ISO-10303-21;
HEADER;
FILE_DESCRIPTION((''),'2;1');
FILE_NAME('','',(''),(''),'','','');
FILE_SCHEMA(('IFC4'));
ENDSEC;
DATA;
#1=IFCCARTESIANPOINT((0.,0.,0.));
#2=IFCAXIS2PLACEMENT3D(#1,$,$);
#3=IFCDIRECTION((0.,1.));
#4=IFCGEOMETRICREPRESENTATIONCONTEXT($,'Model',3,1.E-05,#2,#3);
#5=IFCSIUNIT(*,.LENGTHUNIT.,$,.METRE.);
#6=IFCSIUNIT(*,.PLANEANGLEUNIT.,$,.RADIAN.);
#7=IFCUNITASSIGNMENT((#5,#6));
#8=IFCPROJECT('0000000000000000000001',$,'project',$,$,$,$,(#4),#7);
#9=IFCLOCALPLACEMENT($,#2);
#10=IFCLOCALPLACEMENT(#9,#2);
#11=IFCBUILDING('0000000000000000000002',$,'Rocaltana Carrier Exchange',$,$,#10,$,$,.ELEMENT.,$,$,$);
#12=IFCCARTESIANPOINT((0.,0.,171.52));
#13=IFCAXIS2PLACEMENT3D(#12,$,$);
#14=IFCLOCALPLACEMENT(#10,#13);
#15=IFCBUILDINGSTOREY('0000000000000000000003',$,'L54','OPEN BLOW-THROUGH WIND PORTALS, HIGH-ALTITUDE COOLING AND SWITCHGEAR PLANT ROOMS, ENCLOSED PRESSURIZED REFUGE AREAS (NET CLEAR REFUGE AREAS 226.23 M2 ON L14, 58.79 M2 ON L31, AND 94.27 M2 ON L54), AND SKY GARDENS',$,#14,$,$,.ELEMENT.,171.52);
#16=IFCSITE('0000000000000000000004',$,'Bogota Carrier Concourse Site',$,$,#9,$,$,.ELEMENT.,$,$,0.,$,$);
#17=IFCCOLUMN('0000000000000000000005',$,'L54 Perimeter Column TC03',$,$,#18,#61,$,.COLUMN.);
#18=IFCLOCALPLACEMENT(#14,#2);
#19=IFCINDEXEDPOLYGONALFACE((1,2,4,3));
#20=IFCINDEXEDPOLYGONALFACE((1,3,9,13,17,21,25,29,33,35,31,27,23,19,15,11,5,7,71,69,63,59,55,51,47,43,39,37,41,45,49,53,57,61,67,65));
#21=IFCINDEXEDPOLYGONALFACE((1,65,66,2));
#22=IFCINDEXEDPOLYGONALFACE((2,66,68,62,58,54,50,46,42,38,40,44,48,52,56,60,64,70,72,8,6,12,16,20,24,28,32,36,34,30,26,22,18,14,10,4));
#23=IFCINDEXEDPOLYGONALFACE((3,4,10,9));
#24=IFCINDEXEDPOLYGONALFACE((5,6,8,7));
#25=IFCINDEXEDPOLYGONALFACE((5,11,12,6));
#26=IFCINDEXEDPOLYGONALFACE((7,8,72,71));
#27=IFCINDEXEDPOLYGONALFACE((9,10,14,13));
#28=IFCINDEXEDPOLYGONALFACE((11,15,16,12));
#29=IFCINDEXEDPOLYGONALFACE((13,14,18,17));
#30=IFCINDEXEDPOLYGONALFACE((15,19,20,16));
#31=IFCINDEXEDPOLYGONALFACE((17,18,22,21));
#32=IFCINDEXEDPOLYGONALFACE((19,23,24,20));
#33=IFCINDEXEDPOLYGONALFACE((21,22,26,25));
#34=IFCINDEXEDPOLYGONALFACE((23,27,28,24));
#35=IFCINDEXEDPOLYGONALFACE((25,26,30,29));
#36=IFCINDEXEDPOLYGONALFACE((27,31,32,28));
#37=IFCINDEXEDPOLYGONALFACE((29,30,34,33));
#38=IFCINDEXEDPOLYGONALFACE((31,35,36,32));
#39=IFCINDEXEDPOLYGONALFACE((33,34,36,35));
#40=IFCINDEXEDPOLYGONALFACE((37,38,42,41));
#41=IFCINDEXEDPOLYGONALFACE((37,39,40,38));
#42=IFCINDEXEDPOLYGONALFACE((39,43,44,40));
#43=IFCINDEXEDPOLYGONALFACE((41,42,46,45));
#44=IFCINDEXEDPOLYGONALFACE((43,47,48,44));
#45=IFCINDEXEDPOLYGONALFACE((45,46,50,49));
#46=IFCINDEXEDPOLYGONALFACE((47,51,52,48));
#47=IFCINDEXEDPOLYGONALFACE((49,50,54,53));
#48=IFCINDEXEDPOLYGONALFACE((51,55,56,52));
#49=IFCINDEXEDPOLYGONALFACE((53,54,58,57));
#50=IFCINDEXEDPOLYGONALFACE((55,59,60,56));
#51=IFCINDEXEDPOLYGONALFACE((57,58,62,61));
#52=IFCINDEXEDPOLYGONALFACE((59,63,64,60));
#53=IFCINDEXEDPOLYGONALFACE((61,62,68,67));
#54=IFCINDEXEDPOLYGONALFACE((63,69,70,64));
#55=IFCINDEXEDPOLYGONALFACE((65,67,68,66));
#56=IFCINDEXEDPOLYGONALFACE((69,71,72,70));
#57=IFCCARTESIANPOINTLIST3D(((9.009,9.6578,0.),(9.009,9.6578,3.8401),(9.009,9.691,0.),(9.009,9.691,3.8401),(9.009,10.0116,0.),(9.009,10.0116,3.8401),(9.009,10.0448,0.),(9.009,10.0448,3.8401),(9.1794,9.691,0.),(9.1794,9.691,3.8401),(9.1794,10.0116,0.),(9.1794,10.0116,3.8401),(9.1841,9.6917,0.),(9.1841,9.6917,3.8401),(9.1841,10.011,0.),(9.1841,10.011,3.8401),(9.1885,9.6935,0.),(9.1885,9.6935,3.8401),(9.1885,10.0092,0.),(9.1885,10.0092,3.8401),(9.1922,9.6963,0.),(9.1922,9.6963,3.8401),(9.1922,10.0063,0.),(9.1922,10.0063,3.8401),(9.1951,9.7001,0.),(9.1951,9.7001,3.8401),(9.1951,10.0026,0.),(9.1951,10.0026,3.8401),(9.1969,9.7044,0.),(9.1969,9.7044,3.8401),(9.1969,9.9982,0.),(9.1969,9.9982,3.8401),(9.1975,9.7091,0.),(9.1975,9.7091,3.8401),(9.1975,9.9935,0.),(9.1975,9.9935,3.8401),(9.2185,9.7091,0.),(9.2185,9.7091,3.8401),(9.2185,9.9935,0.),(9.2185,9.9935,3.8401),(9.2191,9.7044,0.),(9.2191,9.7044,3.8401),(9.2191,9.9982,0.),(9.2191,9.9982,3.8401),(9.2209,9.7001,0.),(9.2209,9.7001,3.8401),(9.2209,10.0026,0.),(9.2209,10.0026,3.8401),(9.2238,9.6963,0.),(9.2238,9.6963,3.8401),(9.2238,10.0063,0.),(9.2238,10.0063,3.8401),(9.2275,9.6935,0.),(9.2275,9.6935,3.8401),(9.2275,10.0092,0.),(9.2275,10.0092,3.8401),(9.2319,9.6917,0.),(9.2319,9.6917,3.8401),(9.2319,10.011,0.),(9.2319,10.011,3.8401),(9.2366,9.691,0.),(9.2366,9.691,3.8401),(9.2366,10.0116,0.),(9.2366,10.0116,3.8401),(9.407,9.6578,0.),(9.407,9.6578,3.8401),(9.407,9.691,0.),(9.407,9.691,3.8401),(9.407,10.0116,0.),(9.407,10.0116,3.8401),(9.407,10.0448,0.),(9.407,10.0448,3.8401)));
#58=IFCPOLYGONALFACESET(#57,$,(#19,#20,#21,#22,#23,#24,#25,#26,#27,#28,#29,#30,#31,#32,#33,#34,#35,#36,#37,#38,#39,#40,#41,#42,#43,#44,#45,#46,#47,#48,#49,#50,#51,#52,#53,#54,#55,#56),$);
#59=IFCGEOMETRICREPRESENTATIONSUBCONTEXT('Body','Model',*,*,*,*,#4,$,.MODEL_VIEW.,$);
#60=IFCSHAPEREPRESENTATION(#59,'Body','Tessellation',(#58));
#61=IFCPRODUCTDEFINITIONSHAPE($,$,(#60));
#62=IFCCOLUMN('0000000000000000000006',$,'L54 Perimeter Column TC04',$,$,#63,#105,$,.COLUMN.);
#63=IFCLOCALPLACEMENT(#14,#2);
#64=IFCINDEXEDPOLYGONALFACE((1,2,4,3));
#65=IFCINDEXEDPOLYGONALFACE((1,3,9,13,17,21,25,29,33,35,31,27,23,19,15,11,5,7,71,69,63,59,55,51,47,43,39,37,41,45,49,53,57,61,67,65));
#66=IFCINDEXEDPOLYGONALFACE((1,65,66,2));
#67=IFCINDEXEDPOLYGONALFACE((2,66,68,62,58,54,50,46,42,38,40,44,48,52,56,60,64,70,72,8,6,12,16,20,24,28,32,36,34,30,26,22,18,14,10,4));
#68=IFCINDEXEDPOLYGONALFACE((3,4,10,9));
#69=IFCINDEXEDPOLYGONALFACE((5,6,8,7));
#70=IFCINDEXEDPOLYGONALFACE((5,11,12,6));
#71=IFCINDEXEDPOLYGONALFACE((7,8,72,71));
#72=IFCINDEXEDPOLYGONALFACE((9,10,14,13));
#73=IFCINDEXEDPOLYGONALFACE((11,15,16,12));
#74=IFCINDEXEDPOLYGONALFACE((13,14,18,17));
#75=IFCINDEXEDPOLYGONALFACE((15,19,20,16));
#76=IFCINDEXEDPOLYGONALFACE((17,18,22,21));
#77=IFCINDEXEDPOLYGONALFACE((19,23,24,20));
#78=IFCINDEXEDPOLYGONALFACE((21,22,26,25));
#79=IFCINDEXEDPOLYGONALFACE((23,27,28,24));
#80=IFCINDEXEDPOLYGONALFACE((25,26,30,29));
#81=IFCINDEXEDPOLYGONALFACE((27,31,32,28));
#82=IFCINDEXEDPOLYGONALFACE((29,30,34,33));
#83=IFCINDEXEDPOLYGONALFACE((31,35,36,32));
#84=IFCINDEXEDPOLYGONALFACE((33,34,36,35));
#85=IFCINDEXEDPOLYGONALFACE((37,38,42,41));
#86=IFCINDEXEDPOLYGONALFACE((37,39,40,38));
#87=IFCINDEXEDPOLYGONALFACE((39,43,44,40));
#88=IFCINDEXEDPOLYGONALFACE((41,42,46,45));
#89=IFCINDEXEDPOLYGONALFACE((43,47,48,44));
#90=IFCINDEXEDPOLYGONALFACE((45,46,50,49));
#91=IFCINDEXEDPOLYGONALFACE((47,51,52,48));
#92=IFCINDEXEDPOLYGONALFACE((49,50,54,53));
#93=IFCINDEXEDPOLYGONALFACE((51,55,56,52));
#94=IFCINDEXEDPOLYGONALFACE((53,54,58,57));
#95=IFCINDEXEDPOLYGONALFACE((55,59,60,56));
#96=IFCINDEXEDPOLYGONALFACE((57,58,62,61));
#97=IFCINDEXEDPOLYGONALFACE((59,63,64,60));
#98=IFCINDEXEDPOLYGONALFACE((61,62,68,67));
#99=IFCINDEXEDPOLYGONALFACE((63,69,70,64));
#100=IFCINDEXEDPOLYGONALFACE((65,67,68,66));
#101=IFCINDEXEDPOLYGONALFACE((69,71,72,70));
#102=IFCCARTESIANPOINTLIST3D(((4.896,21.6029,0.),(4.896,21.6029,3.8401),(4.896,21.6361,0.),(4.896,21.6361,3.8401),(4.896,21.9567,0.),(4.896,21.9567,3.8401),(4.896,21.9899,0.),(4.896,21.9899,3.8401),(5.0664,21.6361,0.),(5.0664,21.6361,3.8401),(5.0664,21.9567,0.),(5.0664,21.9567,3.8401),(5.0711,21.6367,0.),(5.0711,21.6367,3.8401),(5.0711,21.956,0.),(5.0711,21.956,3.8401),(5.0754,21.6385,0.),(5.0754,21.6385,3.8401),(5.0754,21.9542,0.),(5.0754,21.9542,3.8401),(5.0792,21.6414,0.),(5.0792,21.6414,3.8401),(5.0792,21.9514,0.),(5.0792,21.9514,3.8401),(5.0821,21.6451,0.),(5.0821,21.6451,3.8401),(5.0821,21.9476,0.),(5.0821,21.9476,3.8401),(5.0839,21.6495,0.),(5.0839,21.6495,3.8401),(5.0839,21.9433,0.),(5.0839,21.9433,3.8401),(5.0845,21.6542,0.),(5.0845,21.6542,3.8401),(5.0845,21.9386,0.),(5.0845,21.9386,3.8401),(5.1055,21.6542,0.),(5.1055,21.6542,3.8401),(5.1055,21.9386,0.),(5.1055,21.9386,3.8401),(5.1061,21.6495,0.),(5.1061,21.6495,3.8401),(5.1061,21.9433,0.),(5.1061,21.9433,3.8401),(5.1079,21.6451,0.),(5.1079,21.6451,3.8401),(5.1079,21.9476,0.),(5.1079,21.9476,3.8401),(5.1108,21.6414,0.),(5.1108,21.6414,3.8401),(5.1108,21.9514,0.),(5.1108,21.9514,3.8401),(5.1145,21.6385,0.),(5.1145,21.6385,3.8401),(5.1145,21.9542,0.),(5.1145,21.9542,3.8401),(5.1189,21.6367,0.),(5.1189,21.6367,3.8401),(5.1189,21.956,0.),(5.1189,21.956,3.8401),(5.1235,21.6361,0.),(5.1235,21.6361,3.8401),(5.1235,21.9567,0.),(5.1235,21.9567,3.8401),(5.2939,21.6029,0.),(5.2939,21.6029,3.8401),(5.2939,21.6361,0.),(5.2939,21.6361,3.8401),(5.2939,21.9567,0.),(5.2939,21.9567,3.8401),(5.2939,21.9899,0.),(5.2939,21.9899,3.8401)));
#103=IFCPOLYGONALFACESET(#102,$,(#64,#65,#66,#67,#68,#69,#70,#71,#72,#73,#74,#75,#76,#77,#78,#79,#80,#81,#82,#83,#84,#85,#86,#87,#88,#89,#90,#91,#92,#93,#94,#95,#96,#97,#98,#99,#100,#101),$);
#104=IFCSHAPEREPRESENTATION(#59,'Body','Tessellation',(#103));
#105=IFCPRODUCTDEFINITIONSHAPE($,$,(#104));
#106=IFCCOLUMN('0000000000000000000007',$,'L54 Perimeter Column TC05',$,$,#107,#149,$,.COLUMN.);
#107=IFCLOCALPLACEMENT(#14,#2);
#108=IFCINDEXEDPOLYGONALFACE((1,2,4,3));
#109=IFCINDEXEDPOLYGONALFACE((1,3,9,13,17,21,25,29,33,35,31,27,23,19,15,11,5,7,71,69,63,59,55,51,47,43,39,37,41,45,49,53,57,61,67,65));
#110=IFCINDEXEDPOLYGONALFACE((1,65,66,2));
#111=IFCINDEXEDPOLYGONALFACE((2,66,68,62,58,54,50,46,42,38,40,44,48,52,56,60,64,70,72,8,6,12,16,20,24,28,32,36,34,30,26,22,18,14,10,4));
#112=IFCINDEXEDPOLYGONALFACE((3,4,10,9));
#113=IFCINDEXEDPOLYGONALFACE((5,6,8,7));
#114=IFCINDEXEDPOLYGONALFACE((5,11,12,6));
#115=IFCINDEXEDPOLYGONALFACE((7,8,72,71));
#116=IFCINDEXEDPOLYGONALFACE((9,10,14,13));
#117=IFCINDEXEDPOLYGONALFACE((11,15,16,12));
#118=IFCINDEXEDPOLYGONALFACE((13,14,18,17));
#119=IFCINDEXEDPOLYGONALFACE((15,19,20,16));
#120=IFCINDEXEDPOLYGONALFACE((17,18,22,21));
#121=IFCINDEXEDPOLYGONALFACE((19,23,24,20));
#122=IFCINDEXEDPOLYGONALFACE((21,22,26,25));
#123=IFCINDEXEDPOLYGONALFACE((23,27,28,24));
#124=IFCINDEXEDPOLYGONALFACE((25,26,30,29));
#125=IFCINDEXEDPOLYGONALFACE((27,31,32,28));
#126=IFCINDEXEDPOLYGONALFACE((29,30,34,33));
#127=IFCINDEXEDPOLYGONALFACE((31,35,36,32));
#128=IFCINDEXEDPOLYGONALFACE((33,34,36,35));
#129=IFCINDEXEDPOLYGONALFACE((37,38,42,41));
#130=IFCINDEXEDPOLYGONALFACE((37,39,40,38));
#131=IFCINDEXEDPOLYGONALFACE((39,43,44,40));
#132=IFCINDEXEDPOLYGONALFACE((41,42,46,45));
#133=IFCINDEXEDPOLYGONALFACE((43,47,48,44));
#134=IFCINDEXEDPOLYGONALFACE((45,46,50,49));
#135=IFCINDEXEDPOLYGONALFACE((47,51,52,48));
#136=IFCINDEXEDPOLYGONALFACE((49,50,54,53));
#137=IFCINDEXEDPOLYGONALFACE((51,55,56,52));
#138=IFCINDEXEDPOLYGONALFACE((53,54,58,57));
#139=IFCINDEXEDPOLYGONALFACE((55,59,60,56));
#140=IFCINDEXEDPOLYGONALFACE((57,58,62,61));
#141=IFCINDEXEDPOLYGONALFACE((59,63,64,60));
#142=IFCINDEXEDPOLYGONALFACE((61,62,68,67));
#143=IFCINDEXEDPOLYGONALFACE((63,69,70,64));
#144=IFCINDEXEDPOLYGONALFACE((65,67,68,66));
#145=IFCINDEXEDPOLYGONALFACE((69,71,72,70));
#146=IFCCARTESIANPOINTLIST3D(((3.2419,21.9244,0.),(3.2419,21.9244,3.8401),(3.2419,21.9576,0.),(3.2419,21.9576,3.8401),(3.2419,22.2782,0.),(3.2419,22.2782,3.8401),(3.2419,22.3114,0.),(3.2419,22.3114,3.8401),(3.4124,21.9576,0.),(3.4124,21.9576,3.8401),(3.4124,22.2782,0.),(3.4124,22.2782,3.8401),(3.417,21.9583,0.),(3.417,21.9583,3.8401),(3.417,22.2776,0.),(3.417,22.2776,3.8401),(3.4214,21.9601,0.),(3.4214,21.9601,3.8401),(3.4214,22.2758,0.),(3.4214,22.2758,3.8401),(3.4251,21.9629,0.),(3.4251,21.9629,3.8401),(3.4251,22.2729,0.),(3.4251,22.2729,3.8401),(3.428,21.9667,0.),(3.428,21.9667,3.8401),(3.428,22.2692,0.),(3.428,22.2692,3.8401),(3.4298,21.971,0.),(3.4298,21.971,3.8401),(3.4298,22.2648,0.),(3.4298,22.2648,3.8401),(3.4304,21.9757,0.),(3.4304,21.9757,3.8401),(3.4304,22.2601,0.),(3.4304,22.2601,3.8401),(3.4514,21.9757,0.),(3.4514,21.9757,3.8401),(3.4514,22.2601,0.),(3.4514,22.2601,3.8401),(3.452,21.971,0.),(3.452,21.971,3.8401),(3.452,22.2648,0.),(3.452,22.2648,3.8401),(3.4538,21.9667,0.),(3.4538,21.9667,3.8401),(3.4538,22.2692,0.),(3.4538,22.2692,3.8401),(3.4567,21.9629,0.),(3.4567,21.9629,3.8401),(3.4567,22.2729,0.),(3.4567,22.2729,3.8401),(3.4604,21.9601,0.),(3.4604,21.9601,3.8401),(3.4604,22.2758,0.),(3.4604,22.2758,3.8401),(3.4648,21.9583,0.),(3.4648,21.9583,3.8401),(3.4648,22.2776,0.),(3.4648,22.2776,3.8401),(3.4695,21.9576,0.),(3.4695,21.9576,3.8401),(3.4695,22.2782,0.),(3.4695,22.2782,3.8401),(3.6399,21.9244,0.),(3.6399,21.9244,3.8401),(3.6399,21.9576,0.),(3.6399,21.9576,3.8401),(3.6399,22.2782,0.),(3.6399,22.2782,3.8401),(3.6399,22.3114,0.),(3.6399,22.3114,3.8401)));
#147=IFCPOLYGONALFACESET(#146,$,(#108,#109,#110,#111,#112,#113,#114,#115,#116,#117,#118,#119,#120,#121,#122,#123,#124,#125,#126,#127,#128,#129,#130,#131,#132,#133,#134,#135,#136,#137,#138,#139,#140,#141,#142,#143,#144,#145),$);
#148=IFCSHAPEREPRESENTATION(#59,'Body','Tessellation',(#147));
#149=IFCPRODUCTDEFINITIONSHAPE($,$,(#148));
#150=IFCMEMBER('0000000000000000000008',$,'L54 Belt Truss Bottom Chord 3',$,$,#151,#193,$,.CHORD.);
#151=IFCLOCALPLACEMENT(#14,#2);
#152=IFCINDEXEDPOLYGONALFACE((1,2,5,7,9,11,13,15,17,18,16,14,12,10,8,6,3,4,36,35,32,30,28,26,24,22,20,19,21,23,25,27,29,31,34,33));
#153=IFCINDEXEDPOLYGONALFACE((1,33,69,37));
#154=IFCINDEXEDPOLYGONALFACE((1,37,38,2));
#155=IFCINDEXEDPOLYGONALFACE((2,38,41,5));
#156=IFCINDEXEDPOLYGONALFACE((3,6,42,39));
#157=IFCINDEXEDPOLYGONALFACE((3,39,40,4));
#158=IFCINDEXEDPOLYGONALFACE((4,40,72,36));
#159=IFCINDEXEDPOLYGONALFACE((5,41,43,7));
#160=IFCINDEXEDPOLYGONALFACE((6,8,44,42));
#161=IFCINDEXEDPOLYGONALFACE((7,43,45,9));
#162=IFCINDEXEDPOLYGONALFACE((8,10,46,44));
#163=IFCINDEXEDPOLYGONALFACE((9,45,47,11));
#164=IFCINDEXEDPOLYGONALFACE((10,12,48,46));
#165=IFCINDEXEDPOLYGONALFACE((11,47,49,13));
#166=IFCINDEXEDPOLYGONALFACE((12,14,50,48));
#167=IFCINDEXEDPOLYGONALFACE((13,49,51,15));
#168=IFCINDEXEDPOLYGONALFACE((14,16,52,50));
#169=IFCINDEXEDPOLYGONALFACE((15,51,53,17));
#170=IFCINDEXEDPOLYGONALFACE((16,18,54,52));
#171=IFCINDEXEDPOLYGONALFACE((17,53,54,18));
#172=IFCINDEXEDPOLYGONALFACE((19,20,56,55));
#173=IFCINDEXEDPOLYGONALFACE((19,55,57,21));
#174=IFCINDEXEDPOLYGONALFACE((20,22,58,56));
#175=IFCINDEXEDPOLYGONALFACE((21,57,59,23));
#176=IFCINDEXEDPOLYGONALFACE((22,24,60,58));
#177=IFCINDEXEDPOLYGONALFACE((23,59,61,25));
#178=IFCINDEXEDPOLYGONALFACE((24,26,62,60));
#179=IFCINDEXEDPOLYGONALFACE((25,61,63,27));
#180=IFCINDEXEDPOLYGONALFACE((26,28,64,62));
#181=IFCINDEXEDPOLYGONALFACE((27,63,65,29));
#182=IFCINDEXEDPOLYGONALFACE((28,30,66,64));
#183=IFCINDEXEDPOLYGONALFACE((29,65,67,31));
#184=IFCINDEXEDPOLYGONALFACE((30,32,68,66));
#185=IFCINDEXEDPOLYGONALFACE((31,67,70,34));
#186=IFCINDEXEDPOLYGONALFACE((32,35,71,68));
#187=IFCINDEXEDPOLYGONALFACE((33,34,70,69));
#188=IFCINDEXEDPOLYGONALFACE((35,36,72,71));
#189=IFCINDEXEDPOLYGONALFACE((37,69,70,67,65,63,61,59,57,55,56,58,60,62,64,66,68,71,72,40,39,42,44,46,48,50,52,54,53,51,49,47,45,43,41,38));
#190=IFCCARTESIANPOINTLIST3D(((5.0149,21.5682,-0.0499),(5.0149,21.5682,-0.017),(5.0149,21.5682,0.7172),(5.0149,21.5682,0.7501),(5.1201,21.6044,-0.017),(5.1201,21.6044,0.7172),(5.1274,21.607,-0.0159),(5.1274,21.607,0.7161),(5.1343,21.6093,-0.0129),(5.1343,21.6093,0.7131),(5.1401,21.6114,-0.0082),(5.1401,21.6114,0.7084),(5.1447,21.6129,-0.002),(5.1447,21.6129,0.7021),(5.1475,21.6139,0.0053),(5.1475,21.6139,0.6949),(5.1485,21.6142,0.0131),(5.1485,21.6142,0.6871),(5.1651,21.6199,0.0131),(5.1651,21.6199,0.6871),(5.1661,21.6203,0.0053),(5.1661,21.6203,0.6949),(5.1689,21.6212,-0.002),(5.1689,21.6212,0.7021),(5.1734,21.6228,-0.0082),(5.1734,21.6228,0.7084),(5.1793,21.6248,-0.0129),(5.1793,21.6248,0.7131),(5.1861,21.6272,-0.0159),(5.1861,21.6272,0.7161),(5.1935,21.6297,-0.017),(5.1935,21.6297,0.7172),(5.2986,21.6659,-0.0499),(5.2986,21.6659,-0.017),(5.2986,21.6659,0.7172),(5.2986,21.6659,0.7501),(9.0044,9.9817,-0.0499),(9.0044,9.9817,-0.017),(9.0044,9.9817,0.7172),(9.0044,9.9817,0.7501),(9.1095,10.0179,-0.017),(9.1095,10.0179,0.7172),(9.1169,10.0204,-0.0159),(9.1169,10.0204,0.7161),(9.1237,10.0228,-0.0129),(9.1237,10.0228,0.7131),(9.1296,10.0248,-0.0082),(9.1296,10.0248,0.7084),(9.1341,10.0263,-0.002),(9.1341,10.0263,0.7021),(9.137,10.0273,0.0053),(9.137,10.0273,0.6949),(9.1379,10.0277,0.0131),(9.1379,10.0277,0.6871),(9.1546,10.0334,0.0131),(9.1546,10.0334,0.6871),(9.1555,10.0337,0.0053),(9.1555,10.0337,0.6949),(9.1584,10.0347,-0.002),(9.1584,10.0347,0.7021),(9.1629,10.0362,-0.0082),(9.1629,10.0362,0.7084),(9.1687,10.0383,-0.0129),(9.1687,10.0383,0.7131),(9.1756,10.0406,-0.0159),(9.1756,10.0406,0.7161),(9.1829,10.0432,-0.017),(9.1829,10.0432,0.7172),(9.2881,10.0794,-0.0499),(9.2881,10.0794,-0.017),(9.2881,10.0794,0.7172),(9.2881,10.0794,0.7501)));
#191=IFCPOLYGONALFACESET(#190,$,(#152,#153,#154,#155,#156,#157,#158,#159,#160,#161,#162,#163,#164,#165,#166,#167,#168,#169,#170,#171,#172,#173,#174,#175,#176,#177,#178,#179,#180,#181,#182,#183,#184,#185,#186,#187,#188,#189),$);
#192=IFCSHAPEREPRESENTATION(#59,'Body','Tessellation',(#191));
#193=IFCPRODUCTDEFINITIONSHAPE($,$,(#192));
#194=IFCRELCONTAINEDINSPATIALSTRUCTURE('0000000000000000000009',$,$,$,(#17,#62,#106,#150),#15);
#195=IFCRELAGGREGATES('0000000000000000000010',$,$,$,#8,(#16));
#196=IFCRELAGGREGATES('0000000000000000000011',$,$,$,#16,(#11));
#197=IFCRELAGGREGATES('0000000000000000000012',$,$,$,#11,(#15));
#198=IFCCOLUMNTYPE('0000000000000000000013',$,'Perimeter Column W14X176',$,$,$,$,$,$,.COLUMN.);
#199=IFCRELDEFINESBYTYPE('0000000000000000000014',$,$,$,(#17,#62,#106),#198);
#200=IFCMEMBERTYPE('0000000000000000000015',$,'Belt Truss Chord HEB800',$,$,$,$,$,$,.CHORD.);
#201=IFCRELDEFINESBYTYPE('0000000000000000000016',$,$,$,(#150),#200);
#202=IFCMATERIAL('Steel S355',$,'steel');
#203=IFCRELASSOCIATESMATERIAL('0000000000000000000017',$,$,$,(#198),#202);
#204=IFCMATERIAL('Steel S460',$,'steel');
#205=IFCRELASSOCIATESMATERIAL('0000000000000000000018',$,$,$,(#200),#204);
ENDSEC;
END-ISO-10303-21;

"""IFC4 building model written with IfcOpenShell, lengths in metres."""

from ifc_helpers import new_model, si_unit, direction, frame, origin, origin_2d, place, context, subcontext, project, spatial, i_section, extrude, material, material_profile, profile_set, type_object, element, save


model = new_model("IFC4")

# Units and contexts
model_context = context("Model", 3, precision=1e-05, world=origin(), true_north=direction((0.0, 1.0)))
body_context = subcontext(model_context, "Body", "Model", "MODEL_VIEW")
ifc_project = project(units=[si_unit("LENGTHUNIT", "METRE"), si_unit("PLANEANGLEUNIT", "RADIAN")], contexts=[model_context])

# Site, building, storey
site_placement = place(None, origin())
site = spatial("IfcSite", under=ifc_project, at=site_placement, Name="Bogota Carrier Concourse Site", CompositionType="ELEMENT", RefElevation=0.0)
building_placement = place(site_placement, origin())
building = spatial("IfcBuilding", under=site, at=building_placement, Name="Rocaltana Carrier Exchange", CompositionType="ELEMENT")
storey_placement = place(building_placement, frame((0.0, 0.0, 171.52)))
storey = spatial("IfcBuildingStorey", under=building, at=storey_placement, Name="L54", Description="OPEN BLOW-THROUGH WIND PORTALS, HIGH-ALTITUDE COOLING AND SWITCHGEAR PLANT ROOMS, ENCLOSED PRESSURIZED REFUGE AREAS (NET CLEAR REFUGE AREAS 226.23 M2 ON L14, 58.79 M2 ON L31, AND 94.27 M2 ON L54), AND SKY GARDENS", CompositionType="ELEMENT", Elevation=171.52)

# Columns
ifc_material_1 = material(Name="Steel S355", Category="steel")
ifc_material_profile_1 = material_profile(ifc_material_1, i_section(OverallWidth=0.3979, OverallDepth=0.387, WebThickness=0.021, FlangeThickness=0.0332, FilletRadius=0.0181, at=origin_2d()), Name="W14X176")
ifc_profile_set_1 = profile_set([ifc_material_profile_1], Name="Steel S355")
column_type = type_object("IfcColumnType", Name="Perimeter Column W14X176", PredefinedType="COLUMN", material=ifc_profile_set_1)
for number, where, z_axis, x_axis, name in (
    (1, (9.208, 9.8513, 0.0), (0.0, 0.0, 1.0), (1.0, 0.0, 0.0), "L54 Perimeter Column TC03"),
    (2, (5.095, 21.7964, 0.0), (0.0, 0.0, 1.0), (1.0, 0.0, 0.0), "L54 Perimeter Column TC04"),
    (3, (3.4409, 22.1179, 0.0), (0.0, 0.0, 1.0), (1.0, 0.0, 0.0), "L54 Perimeter Column TC05"),
):
    element("IfcColumn", number, at=place(storey_placement, frame(where, z_axis=z_axis, x_axis=x_axis)), inside=storey, type_object=column_type, Name=name, PredefinedType="COLUMN", context=body_context, shape_type="SweptSolid", body=[
        extrude(i_section(OverallWidth=0.3979, OverallDepth=0.387, WebThickness=0.021, FlangeThickness=0.0332, FilletRadius=0.0181, at=origin_2d()), origin(), (0.0, 0.0, 1.0), 3.8401),
    ])

# Member
ifc_material_2 = material(Name="Steel S460", Category="steel")
ifc_material_profile_2 = material_profile(ifc_material_2, i_section(OverallWidth=0.3, OverallDepth=0.8, WebThickness=0.0176, FlangeThickness=0.033, FilletRadius=0.03, at=origin_2d()), Name="HEB800")
ifc_profile_set_2 = profile_set([ifc_material_profile_2], Name="Steel S460")
member_type_1 = type_object("IfcMemberType", Name="Belt Truss Chord HEB800", PredefinedType="CHORD", material=ifc_profile_set_2)
member_1_placement = place(storey_placement, frame((9.1462, 10.0305, 0.3501), z_axis=(-0.32556, 0.945521, 0.0), x_axis=(-0.945521, -0.32556, 0.0)))
element("IfcMember", 4, at=member_1_placement, inside=storey, type_object=member_type_1, Name="L54 Belt Truss Bottom Chord 3", PredefinedType="CHORD", context=body_context, shape_type="SweptSolid", body=[
    extrude(i_section(OverallWidth=0.3, OverallDepth=0.8, WebThickness=0.0176, FlangeThickness=0.033, FilletRadius=0.03, at=origin_2d()), origin(), (0.0, 0.0, 1.0), 12.2542),
])

save(model, "model.ifc")
